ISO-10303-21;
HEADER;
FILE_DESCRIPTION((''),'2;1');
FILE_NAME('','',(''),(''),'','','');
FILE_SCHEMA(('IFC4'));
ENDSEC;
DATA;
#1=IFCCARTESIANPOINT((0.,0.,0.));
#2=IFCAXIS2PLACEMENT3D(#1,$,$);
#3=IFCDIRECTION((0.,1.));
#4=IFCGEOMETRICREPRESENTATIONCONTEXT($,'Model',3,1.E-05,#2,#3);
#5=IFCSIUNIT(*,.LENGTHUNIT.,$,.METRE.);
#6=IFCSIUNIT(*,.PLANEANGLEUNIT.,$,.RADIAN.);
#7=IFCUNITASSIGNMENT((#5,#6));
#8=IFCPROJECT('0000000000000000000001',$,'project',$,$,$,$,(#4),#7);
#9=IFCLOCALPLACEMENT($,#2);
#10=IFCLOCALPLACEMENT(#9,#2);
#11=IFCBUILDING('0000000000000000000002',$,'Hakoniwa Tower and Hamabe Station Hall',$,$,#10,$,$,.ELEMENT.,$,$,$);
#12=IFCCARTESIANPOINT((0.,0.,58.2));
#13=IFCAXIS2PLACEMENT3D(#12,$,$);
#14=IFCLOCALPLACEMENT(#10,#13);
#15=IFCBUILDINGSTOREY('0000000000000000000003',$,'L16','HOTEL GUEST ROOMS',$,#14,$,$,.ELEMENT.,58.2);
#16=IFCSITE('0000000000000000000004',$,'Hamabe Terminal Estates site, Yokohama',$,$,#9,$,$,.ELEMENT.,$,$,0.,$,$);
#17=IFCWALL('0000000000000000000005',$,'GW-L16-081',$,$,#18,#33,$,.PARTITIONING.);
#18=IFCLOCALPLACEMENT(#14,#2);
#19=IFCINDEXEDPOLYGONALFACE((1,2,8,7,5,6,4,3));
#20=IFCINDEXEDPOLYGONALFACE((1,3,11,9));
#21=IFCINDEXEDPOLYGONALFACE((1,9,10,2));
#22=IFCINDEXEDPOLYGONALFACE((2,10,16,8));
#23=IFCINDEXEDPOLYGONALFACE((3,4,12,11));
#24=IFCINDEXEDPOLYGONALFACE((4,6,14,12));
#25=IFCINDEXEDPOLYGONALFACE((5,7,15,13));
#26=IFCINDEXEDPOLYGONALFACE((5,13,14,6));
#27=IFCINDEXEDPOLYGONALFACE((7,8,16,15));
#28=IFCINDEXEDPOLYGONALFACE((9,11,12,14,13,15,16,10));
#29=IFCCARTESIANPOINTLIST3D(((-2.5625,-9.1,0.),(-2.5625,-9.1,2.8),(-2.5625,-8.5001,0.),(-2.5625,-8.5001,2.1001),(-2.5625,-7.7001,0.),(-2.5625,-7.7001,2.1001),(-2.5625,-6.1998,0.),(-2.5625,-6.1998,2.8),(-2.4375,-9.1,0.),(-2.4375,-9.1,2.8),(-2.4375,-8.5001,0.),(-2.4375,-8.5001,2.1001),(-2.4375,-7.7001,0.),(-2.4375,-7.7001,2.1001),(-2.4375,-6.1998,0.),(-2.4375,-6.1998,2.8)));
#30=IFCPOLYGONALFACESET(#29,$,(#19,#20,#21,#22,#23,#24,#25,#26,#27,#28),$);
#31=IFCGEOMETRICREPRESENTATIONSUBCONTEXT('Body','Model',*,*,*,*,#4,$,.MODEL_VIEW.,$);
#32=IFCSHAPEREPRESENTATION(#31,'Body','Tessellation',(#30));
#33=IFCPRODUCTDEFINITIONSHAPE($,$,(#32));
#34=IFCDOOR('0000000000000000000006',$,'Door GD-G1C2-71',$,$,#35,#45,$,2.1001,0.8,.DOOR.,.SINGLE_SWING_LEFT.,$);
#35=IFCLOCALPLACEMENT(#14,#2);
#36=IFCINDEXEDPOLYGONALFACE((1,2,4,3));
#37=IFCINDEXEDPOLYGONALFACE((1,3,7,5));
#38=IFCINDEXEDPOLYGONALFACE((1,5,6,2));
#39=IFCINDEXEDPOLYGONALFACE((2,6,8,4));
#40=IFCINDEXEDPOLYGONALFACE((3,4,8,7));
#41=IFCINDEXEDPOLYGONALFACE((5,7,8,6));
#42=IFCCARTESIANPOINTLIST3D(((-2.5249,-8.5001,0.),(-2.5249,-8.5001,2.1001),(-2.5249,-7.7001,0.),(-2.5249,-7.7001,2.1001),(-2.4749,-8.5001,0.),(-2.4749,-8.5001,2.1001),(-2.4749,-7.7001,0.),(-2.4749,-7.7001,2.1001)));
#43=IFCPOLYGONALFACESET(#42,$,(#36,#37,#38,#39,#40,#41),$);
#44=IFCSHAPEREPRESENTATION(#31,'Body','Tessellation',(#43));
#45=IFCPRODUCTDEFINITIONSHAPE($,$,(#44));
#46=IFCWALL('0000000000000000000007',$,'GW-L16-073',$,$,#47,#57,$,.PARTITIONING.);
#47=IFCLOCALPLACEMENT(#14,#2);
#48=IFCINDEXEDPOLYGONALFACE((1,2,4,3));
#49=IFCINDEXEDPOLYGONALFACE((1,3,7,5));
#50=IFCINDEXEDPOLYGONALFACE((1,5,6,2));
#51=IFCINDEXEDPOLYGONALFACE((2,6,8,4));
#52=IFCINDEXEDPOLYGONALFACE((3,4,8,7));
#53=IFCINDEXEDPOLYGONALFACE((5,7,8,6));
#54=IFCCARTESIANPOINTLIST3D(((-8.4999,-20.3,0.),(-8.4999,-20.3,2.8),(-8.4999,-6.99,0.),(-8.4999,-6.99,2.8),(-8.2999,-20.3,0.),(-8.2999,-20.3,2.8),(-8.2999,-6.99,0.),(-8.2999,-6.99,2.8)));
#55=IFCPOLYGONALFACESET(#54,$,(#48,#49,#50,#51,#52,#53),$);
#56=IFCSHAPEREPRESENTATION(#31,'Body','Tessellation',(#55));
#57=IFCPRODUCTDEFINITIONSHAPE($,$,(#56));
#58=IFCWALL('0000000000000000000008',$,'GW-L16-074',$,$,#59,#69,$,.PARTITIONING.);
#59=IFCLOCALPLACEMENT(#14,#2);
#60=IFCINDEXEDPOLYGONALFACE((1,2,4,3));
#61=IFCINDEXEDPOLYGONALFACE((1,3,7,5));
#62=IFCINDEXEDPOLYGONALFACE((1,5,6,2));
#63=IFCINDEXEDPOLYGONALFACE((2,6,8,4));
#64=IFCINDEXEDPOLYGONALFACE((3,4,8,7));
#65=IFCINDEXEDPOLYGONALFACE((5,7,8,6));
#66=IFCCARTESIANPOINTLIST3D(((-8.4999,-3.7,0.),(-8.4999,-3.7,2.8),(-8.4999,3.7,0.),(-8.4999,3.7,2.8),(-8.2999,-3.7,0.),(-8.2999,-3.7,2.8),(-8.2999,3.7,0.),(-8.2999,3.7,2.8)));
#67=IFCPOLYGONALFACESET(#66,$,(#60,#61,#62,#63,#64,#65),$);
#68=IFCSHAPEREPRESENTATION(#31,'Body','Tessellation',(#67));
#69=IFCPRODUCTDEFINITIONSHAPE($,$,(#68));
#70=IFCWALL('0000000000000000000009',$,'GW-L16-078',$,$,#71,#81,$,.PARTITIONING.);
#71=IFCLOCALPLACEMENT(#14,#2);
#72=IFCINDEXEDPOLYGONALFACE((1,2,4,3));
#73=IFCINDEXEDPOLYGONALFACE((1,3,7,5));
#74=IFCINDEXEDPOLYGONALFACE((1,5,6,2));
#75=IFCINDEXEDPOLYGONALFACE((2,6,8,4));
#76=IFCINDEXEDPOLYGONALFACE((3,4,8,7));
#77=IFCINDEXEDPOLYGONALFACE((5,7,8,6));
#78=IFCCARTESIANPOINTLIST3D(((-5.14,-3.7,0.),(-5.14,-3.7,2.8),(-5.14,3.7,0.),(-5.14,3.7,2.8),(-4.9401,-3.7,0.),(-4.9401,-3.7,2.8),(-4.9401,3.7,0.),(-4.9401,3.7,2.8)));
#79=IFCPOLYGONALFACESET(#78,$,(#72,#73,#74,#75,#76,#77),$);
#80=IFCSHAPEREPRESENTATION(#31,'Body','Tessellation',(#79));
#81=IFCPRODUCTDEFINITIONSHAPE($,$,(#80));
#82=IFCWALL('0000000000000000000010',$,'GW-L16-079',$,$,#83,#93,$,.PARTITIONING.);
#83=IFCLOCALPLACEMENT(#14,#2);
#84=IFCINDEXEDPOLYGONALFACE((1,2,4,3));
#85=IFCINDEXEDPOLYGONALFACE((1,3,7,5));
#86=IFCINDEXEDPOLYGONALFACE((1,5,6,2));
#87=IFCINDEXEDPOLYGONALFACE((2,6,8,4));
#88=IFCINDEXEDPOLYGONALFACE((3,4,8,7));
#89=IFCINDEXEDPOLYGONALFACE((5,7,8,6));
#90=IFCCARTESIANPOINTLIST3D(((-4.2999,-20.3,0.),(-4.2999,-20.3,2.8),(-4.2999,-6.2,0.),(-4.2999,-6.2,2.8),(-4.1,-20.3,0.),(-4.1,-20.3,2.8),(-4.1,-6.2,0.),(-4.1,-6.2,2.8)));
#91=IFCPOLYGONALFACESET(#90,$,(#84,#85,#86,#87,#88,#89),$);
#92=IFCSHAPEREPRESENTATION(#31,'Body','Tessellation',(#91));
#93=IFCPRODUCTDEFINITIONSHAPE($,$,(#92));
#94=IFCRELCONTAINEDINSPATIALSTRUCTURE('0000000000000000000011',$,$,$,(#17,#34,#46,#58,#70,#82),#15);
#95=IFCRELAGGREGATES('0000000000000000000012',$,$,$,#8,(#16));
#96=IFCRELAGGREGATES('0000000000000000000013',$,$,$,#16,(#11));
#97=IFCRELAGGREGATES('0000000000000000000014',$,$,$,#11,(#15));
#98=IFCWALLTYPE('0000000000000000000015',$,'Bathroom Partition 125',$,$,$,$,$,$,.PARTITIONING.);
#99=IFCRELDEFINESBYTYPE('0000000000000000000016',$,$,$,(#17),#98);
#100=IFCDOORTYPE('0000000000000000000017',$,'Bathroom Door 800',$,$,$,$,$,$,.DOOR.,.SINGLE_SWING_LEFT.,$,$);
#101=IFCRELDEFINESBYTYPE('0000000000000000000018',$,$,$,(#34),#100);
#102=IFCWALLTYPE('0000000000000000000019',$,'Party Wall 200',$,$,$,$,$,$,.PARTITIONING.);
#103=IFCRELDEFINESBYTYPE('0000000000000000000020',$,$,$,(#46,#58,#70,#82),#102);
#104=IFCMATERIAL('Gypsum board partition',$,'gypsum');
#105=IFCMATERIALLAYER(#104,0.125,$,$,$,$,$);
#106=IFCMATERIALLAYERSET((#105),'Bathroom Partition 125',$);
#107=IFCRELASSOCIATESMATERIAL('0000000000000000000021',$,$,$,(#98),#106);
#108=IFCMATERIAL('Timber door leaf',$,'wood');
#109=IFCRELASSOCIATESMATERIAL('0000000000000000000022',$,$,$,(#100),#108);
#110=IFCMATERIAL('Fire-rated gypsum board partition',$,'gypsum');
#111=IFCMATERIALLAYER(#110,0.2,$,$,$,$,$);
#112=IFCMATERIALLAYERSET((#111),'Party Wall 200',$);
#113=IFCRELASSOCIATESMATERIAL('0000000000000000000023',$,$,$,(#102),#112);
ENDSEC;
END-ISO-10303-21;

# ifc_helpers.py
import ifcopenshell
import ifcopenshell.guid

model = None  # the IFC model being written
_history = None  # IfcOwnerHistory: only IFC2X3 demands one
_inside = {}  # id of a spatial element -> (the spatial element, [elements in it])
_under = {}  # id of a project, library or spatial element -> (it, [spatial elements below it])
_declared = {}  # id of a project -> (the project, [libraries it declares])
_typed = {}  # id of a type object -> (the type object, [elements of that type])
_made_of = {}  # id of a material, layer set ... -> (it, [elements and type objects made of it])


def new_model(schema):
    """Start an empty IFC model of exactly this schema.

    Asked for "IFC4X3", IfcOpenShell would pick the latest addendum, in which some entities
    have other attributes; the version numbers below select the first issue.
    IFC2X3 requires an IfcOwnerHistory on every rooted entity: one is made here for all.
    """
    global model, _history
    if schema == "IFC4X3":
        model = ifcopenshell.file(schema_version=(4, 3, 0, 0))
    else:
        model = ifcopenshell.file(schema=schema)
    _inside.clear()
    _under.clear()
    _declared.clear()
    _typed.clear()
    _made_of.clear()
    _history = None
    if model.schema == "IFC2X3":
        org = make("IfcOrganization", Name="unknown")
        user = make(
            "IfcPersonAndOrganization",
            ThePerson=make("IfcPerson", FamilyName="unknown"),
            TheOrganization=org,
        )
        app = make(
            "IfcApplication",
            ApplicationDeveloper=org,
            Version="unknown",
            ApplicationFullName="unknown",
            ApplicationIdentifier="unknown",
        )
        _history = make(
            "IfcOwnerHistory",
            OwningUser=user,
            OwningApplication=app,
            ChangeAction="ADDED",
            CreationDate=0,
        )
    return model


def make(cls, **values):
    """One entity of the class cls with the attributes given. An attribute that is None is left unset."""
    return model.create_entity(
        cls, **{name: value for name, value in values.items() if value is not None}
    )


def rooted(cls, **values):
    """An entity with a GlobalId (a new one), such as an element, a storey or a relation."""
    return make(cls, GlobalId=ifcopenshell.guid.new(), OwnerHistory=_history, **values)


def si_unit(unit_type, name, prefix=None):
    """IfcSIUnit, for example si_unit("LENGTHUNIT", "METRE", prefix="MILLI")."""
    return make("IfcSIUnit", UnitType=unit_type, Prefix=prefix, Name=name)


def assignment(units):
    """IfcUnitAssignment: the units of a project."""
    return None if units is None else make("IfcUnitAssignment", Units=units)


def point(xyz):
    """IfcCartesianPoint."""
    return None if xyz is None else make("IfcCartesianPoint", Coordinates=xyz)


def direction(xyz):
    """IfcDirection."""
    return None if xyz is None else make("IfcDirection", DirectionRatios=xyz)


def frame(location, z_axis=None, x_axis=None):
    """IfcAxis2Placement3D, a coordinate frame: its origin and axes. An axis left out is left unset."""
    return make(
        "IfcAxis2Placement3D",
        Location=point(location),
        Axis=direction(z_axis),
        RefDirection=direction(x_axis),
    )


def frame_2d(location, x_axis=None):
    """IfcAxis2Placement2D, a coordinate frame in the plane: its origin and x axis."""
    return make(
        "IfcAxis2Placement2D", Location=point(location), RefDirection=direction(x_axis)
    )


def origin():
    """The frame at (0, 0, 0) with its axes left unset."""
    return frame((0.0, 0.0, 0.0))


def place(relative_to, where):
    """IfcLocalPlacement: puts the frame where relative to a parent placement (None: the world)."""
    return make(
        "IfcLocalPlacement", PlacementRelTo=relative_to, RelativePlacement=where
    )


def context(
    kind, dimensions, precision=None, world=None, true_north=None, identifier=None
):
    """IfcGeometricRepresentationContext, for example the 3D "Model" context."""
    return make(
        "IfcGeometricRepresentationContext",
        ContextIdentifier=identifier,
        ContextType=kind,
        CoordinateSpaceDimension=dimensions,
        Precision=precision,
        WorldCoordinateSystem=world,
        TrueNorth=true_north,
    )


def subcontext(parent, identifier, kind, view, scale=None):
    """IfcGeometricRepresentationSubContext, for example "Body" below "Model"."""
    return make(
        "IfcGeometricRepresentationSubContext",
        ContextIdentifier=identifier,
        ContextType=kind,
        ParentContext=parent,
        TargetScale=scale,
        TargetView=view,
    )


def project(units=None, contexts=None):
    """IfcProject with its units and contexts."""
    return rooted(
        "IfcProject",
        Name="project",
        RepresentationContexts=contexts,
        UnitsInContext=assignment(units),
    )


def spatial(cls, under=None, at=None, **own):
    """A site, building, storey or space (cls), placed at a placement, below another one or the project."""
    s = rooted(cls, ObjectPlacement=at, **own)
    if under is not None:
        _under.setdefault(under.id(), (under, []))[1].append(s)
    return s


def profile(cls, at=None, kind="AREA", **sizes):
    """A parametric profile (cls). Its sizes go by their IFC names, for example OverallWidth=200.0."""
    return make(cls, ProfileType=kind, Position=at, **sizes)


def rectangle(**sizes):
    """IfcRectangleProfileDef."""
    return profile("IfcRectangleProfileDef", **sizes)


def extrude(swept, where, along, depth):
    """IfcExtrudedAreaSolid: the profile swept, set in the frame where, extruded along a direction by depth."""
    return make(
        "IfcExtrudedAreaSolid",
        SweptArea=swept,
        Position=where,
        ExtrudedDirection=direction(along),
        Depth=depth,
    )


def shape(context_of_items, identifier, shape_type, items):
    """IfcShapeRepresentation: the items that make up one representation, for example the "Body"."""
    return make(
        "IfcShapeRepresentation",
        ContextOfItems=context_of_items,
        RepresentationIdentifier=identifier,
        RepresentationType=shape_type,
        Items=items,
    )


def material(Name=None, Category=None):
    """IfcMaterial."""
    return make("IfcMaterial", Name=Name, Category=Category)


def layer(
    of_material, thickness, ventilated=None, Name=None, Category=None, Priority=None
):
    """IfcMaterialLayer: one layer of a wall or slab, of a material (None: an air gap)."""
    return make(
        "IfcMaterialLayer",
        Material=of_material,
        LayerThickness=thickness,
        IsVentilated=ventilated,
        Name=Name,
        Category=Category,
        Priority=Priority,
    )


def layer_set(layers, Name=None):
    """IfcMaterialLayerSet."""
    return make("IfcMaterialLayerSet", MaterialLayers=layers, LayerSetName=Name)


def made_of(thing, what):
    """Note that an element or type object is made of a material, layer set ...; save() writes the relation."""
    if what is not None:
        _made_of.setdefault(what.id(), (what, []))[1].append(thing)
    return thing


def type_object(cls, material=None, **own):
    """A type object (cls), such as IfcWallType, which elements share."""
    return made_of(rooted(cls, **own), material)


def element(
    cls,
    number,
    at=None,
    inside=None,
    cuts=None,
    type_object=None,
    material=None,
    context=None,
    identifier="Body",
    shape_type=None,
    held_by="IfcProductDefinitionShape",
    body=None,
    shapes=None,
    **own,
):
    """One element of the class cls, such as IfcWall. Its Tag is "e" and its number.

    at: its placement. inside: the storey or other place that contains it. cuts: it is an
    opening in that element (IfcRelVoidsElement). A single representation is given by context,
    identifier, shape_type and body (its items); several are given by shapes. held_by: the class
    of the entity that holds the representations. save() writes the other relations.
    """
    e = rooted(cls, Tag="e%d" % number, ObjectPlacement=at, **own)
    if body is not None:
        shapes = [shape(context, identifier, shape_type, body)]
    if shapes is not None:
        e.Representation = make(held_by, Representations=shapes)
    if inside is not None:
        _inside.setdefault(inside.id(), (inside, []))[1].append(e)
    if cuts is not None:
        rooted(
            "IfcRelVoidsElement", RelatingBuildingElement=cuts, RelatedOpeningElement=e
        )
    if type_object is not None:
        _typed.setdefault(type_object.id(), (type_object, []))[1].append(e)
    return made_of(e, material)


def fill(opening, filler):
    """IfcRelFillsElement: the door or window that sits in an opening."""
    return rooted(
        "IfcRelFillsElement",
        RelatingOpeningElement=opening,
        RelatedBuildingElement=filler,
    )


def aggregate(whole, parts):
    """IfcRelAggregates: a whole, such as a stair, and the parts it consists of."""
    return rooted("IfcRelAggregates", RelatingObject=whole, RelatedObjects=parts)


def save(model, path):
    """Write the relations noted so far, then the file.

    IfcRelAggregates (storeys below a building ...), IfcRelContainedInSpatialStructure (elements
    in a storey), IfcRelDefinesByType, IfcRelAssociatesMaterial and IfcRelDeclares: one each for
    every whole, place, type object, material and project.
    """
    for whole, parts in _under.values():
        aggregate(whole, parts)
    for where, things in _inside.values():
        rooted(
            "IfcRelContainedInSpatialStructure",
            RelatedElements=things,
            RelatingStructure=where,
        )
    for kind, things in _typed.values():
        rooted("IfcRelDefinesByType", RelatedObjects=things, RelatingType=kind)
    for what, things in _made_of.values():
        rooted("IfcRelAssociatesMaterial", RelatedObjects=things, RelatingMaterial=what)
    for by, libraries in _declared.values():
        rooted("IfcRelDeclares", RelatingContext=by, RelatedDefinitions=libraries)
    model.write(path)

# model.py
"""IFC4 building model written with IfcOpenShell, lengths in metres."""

from ifc_helpers import new_model, si_unit, direction, frame, frame_2d, origin, place, context, subcontext, project, spatial, rectangle, extrude, material, layer, layer_set, type_object, element, fill, save


model = new_model("IFC4")

# Units and contexts
model_context = context("Model", 3, precision=1e-05, world=origin(), true_north=direction((0.0, 1.0)))
body_context = subcontext(model_context, "Body", "Model", "MODEL_VIEW")
ifc_project = project(units=[si_unit("LENGTHUNIT", "METRE"), si_unit("PLANEANGLEUNIT", "RADIAN")], contexts=[model_context])

# Site, building, storey
site_placement = place(None, origin())
site = spatial("IfcSite", under=ifc_project, at=site_placement, Name="Hamabe Terminal Estates site, Yokohama", CompositionType="ELEMENT", RefElevation=0.0)
building_placement = place(site_placement, origin())
building = spatial("IfcBuilding", under=site, at=building_placement, Name="Hakoniwa Tower and Hamabe Station Hall", CompositionType="ELEMENT")
storey_placement = place(building_placement, frame((0.0, 0.0, 58.2)))
storey = spatial("IfcBuildingStorey", under=building, at=storey_placement, Name="L16", Description="HOTEL GUEST ROOMS", CompositionType="ELEMENT", Elevation=58.2)

# Shared definitions
ifc_material_1 = material(Name="Gypsum board partition", Category="gypsum")
ifc_layer_1 = layer(ifc_material_1, 0.125)
ifc_layer_set_1 = layer_set([ifc_layer_1], Name="Bathroom Partition 125")
wall_type_1 = type_object("IfcWallType", Name="Bathroom Partition 125", PredefinedType="PARTITIONING", material=ifc_layer_set_1)
ifc_material_2 = material(Name="Timber door leaf", Category="wood")
door_type = type_object("IfcDoorType", Name="Bathroom Door 800", OperationType="SINGLE_SWING_LEFT", PredefinedType="DOOR", material=ifc_material_2)

# Wall, opening, door
wall_1_placement = place(storey_placement, frame((-2.5, -9.1001, 0.0), z_axis=(0.0, 0.0, 1.0), x_axis=(0.0, 1.0, 0.0)))
wall_1 = element("IfcWall", 1, at=wall_1_placement, inside=storey, type_object=wall_type_1, Name="GW-L16-081", PredefinedType="PARTITIONING", context=body_context, shape_type="SweptSolid", body=[
    extrude(rectangle(XDim=2.9001, YDim=0.125, at=frame_2d((1.4502, 0.0))), origin(), (0.0, 0.0, 1.0), 2.8),
])
opening_1_placement = place(wall_1_placement, frame((0.6001, 0.0, 0.0)))
opening_1 = element("IfcOpeningElement", 2, at=opening_1_placement, cuts=wall_1, PredefinedType="OPENING", context=body_context, shape_type="SweptSolid", body=[
    extrude(rectangle(XDim=0.8, YDim=2.1001, at=frame_2d((0.3999, 1.05))), frame((0.0, 0.0725, 0.0), z_axis=(0.0, -1.0, 0.0), x_axis=(1.0, 0.0, 0.0)), (0.0, 0.0, 1.0), 0.145),
])
door_1_placement = place(opening_1_placement, origin())
door_1 = element("IfcDoor", 3, at=door_1_placement, inside=storey, type_object=door_type, Name="Door GD-G1C2-71", OperationType="SINGLE_SWING_LEFT", OverallHeight=2.1001, OverallWidth=0.8, PredefinedType="DOOR", context=body_context, shape_type="SweptSolid", body=[
    extrude(rectangle(XDim=0.8, YDim=2.1001, at=frame_2d((0.3999, 1.05))), frame((0.0, 0.0249, 0.0), z_axis=(0.0, -1.0, 0.0), x_axis=(1.0, 0.0, 0.0)), (0.0, 0.0, 1.0), 0.05),
])
fill(opening_1, door_1)

# Walls
ifc_material_3 = material(Name="Fire-rated gypsum board partition", Category="gypsum")
ifc_layer_2 = layer(ifc_material_3, 0.2)
ifc_layer_set_2 = layer_set([ifc_layer_2], Name="Party Wall 200")
wall_type_2 = type_object("IfcWallType", Name="Party Wall 200", PredefinedType="PARTITIONING", material=ifc_layer_set_2)
wall_2_placement = place(storey_placement, frame((-8.3999, -20.3, 0.0), z_axis=(0.0, 0.0, 1.0), x_axis=(0.0, 1.0, 0.0)))
element("IfcWall", 4, at=wall_2_placement, inside=storey, type_object=wall_type_2, Name="GW-L16-073", PredefinedType="PARTITIONING", context=body_context, shape_type="SweptSolid", body=[
    extrude(rectangle(XDim=13.3101, YDim=0.2, at=frame_2d((6.655, 0.0))), origin(), (0.0, 0.0, 1.0), 2.8),
])
for number, where, z_axis, x_axis, name in (
    (5, (-8.3999, -3.7, 0.0), (0.0, 0.0, 1.0), (0.0, 1.0, 0.0), "GW-L16-074"),
    (6, (-5.04, -3.7, 0.0), (0.0, 0.0, 1.0), (0.0, 1.0, 0.0), "GW-L16-078"),
):
    element("IfcWall", number, at=place(storey_placement, frame(where, z_axis=z_axis, x_axis=x_axis)), inside=storey, type_object=wall_type_2, Name=name, PredefinedType="PARTITIONING", context=body_context, shape_type="SweptSolid", body=[
        extrude(rectangle(XDim=7.3999, YDim=0.2, at=frame_2d((3.7, 0.0))), origin(), (0.0, 0.0, 1.0), 2.8),
    ])
wall_3_placement = place(storey_placement, frame((-4.2, -20.3, 0.0), z_axis=(0.0, 0.0, 1.0), x_axis=(0.0, 1.0, 0.0)))
element("IfcWall", 7, at=wall_3_placement, inside=storey, type_object=wall_type_2, Name="GW-L16-079", PredefinedType="PARTITIONING", context=body_context, shape_type="SweptSolid", body=[
    extrude(rectangle(XDim=14.1001, YDim=0.2, at=frame_2d((7.05, 0.0))), origin(), (0.0, 0.0, 1.0), 2.8),
])

save(model, "model.ifc")
